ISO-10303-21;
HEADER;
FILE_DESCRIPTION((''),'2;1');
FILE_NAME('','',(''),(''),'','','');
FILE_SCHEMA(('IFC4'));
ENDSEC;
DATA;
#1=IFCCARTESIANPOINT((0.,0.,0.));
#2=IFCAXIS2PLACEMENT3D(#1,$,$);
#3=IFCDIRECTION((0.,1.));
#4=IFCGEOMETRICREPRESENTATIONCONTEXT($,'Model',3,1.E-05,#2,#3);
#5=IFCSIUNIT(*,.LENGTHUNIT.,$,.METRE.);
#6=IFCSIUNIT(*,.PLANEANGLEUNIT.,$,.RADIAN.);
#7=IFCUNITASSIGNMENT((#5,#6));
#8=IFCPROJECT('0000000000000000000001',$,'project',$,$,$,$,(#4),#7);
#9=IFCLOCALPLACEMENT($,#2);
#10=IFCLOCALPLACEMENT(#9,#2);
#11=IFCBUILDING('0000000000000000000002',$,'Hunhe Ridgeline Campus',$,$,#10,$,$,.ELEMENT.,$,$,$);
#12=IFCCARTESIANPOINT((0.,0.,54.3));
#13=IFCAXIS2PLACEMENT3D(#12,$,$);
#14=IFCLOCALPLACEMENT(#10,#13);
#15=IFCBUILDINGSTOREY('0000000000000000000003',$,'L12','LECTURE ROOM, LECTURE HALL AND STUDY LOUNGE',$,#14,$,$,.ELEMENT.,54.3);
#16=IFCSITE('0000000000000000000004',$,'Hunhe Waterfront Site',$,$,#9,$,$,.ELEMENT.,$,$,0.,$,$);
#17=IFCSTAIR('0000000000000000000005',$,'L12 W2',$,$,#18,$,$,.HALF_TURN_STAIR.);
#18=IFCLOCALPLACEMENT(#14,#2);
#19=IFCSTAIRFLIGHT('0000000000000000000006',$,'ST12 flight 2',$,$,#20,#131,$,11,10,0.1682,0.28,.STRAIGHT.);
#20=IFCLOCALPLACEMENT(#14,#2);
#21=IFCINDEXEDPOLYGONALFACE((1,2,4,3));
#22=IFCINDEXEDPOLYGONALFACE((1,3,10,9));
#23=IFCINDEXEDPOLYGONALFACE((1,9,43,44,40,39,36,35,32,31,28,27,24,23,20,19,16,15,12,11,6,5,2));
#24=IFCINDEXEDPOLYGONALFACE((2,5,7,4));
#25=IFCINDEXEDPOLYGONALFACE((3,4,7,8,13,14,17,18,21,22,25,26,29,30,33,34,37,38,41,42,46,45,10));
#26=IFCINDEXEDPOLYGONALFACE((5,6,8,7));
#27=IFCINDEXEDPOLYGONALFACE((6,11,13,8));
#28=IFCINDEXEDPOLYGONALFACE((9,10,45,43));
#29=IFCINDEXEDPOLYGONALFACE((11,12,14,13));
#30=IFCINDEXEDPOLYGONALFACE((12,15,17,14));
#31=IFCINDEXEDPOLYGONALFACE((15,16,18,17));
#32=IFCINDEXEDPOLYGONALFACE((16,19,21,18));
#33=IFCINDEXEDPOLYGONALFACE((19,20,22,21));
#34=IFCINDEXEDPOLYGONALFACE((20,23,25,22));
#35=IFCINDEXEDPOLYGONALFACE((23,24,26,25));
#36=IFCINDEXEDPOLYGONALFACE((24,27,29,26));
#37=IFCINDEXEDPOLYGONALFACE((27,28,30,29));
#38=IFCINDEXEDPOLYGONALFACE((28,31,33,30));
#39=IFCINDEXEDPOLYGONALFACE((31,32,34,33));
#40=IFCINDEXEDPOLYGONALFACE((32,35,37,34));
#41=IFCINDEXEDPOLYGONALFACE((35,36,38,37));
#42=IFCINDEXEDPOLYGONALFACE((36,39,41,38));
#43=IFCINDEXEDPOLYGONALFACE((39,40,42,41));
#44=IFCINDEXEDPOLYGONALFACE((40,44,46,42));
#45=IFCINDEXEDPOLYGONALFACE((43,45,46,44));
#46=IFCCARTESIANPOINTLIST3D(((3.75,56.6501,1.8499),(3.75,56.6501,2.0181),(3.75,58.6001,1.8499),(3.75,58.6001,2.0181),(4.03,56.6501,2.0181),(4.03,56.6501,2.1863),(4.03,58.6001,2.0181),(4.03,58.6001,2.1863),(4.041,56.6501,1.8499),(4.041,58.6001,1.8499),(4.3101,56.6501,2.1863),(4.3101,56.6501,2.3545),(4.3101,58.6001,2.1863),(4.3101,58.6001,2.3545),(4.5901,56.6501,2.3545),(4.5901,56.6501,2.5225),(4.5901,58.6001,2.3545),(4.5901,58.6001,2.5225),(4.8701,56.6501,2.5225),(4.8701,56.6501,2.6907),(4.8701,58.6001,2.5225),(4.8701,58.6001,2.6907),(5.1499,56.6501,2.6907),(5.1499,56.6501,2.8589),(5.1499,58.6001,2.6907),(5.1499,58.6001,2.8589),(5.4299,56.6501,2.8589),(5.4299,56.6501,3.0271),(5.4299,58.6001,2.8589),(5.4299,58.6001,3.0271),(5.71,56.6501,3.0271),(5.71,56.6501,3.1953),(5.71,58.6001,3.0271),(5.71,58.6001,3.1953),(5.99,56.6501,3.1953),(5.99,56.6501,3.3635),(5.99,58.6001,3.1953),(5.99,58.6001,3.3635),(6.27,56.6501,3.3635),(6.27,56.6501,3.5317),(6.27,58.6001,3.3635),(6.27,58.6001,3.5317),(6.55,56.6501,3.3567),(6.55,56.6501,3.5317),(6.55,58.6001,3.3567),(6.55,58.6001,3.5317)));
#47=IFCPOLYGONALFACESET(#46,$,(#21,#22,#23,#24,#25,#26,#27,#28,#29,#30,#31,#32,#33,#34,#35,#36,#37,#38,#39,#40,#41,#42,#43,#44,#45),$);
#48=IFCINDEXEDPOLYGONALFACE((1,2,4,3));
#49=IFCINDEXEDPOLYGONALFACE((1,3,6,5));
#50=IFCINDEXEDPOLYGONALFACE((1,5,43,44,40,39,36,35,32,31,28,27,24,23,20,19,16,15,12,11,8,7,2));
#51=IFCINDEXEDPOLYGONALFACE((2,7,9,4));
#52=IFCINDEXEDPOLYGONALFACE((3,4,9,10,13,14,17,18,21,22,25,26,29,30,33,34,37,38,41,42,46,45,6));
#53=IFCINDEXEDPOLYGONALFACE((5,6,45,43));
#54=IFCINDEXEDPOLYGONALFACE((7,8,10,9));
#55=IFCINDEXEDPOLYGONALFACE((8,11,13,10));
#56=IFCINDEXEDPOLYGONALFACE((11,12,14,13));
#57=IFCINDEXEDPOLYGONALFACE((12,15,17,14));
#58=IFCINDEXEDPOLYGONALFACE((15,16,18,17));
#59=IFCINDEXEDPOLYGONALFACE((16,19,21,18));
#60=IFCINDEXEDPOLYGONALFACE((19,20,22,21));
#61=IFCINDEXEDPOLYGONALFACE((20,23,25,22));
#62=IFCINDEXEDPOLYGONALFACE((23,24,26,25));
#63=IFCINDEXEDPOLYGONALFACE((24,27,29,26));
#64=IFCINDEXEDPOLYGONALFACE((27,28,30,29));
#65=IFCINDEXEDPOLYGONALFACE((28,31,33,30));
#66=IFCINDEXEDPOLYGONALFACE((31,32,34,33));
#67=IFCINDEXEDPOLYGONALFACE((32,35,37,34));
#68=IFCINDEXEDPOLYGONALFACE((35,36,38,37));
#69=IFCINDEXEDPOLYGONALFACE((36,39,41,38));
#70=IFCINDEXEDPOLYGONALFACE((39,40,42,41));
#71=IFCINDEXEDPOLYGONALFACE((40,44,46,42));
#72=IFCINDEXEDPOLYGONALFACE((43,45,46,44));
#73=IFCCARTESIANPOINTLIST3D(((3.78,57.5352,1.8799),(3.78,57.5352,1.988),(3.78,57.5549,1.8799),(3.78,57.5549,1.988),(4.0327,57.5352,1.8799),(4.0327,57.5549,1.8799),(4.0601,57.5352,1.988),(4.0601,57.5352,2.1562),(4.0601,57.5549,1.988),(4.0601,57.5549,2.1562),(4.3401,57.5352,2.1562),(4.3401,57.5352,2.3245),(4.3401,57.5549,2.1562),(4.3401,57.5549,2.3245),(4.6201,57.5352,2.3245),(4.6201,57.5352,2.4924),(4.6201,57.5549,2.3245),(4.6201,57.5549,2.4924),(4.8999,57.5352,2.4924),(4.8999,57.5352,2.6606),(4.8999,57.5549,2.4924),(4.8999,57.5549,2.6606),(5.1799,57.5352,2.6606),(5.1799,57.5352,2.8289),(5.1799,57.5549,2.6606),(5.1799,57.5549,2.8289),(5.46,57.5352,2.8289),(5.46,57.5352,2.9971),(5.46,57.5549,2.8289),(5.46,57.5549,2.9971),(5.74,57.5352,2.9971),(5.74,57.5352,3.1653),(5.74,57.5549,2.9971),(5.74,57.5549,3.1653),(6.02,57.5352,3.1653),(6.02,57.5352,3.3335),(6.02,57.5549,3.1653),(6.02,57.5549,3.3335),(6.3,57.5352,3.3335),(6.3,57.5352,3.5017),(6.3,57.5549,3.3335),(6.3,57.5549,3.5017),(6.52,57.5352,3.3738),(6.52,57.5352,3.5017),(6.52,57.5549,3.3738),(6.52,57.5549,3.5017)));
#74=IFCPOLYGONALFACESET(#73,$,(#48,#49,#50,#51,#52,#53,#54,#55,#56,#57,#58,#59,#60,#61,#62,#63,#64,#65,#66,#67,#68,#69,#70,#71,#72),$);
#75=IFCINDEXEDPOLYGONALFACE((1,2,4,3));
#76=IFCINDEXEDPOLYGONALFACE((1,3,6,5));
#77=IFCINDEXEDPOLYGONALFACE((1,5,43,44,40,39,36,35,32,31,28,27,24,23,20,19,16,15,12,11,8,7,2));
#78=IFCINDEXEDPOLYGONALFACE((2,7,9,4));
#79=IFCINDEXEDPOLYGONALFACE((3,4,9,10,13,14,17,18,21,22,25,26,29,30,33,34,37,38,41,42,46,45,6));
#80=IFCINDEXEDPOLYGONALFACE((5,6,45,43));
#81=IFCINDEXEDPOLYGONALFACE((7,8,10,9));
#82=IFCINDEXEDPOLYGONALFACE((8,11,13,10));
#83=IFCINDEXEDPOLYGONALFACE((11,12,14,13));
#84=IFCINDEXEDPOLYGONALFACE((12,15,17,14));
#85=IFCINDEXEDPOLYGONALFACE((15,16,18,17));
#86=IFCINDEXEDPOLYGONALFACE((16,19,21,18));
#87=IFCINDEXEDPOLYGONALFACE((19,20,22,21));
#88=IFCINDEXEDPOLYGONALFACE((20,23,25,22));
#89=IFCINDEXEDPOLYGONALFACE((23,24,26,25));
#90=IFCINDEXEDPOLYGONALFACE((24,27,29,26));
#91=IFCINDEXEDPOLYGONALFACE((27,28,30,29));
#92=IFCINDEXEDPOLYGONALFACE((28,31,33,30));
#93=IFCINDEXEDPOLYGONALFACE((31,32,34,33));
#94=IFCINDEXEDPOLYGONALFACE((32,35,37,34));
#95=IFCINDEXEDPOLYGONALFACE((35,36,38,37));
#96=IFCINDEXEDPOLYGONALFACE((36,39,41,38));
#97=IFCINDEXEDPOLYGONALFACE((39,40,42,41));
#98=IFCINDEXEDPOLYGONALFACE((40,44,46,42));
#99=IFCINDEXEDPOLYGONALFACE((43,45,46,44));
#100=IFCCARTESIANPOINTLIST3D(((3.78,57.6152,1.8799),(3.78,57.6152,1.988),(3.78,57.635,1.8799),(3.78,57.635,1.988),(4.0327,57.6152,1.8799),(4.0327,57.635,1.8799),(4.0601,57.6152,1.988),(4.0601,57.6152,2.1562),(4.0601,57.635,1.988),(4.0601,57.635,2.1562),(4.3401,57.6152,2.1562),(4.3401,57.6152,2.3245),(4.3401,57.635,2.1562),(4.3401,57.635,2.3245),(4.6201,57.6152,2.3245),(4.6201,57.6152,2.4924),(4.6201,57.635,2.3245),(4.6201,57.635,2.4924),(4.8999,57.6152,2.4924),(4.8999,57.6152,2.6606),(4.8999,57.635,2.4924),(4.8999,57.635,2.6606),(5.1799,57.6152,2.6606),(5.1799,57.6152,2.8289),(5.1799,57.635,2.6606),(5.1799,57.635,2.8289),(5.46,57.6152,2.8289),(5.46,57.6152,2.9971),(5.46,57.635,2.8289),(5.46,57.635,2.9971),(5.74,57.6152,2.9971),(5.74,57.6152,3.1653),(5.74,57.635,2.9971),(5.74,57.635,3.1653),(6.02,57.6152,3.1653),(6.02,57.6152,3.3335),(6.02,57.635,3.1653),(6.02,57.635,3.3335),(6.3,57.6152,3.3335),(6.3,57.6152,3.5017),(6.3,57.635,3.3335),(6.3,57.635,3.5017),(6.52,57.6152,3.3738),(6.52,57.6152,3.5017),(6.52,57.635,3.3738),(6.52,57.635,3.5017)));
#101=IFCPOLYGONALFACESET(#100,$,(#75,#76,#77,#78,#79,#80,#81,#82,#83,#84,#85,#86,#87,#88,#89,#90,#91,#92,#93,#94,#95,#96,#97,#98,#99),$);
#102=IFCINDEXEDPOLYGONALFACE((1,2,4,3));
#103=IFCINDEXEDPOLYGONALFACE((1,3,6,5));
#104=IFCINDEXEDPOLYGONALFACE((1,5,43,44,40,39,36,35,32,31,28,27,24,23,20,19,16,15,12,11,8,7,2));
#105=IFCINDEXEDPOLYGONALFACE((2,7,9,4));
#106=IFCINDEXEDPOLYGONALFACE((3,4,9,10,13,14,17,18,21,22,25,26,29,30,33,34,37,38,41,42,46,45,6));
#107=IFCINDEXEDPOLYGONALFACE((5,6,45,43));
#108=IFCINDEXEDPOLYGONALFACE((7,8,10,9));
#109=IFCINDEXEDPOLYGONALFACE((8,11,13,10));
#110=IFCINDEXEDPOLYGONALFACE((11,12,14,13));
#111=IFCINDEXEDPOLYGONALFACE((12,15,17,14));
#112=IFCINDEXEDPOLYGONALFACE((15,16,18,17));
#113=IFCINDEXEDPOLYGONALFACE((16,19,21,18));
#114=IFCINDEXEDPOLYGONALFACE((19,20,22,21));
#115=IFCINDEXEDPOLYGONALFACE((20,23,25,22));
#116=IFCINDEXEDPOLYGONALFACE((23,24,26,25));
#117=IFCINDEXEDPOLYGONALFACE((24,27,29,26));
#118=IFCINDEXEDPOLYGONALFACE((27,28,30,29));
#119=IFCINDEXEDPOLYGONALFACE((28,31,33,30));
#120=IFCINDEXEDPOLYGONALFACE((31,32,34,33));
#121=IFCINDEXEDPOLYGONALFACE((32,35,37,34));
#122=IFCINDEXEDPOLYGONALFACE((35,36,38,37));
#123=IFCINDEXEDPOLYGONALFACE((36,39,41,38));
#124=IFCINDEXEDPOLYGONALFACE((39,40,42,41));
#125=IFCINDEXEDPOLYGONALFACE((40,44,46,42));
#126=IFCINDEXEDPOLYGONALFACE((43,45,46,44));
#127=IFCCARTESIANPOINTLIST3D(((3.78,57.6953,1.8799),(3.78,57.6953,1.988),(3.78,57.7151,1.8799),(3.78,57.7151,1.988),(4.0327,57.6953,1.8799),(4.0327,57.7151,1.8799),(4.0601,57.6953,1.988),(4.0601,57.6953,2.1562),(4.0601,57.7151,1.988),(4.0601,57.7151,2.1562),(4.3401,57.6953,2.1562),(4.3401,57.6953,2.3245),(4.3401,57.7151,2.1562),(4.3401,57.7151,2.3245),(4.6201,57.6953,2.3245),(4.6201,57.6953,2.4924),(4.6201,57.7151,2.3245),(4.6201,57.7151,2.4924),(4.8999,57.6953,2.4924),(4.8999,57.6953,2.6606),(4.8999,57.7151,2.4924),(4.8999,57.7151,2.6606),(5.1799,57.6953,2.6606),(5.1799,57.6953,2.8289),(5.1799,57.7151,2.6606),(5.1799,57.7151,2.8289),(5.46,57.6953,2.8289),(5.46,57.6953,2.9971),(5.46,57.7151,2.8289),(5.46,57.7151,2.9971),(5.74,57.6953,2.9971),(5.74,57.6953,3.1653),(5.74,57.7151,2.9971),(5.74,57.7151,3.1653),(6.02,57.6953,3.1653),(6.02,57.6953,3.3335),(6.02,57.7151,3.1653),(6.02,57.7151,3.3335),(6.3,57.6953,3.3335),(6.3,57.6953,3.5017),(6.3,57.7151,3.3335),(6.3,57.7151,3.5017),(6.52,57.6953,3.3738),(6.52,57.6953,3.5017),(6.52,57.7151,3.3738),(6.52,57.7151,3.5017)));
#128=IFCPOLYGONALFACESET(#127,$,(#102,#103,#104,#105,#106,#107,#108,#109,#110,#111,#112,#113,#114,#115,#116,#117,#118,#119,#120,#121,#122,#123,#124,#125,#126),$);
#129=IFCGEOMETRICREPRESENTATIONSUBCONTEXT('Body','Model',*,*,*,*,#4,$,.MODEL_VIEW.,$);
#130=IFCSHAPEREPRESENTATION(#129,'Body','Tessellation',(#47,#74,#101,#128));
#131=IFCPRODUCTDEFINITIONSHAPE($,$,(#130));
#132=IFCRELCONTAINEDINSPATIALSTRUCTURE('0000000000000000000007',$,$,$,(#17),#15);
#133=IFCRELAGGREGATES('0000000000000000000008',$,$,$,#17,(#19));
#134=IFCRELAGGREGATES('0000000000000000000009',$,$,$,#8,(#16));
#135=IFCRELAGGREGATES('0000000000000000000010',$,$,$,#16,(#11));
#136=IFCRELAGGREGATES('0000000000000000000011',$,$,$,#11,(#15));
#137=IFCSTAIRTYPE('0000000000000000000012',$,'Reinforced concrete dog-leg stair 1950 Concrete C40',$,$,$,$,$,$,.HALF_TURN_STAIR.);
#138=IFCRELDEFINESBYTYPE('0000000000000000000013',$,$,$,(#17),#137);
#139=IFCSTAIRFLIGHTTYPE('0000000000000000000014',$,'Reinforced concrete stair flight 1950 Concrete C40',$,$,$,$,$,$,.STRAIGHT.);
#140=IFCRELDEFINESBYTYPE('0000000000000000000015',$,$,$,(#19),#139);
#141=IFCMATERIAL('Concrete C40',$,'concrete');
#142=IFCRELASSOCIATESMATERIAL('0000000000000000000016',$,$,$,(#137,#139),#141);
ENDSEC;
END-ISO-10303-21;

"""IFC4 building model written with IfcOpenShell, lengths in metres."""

from ifc_helpers import new_model, si_unit, direction, frame, origin, place, context, subcontext, project, spatial, polyline, outline, extrude, material, type_object, element, aggregate, save


model = new_model("IFC4")

# Units and contexts
model_context = context("Model", 3, precision=1e-05, world=origin(), true_north=direction((0.0, 1.0)))
body_context = subcontext(model_context, "Body", "Model", "MODEL_VIEW")
ifc_project = project(units=[si_unit("LENGTHUNIT", "METRE"), si_unit("PLANEANGLEUNIT", "RADIAN")], contexts=[model_context])

# Site, building, storey
site_placement = place(None, origin())
site = spatial("IfcSite", under=ifc_project, at=site_placement, Name="Hunhe Waterfront Site", CompositionType="ELEMENT", RefElevation=0.0)
building_placement = place(site_placement, origin())
building = spatial("IfcBuilding", under=site, at=building_placement, Name="Hunhe Ridgeline Campus", CompositionType="ELEMENT")
storey_placement = place(building_placement, frame((0.0, 0.0, 54.3)))
storey = spatial("IfcBuildingStorey", under=building, at=storey_placement, Name="L12", Description="LECTURE ROOM, LECTURE HALL AND STUDY LOUNGE", CompositionType="ELEMENT", Elevation=54.3)

# Stair, stair flight
ifc_material_1 = material(Name="Concrete C40", Category="concrete")
stair_type = type_object("IfcStairType", Name="Reinforced concrete dog-leg stair 1950 Concrete C40", PredefinedType="HALF_TURN_STAIR", material=ifc_material_1)
stair_placement = place(storey_placement, origin())
stair = element("IfcStair", 1, at=stair_placement, inside=storey, type_object=stair_type, Name="L12 W2", PredefinedType="HALF_TURN_STAIR")
stair_flight_type = type_object("IfcStairFlightType", Name="Reinforced concrete stair flight 1950 Concrete C40", PredefinedType="STRAIGHT", material=ifc_material_1)
stair_flight_1_placement = place(storey_placement, frame((3.75, 57.625, 1.8499), z_axis=(0.0, 0.0, 1.0), x_axis=(1.0, 0.0, 0.0)))
stair_flight_1 = element("IfcStairFlight", 2, at=stair_flight_1_placement, type_object=stair_flight_type, Name="ST12 flight 2", NumberOfRisers=11, NumberOfTreads=10, PredefinedType="STRAIGHT", RiserHeight=0.1682, TreadLength=0.28, context=body_context, shape_type="SweptSolid", body=[
    extrude(outline(polyline([(0.0, 0.0), (0.0, 0.1682), (0.28, 0.1682), (0.28, 0.3364), (0.5601, 0.3364), (0.5601, 0.5046), (0.8401, 0.5046), (0.8401, 0.6726), (1.1201, 0.6726), (1.1201, 0.8408), (1.3999, 0.8408), (1.3999, 1.009), (1.6799, 1.009), (1.6799, 1.1772), (1.96, 1.1772), (1.96, 1.3455), (2.24, 1.3455), (2.24, 1.5137), (2.52, 1.5137), (2.52, 1.6819), (2.8, 1.6819), (2.8, 1.8501), (2.8, 1.5068), (0.291, 0.0), (0.0, 0.0)])), frame((0.0, 0.9751, 0.0), z_axis=(0.0, -1.0, 0.0), x_axis=(1.0, 0.0, 0.0)), (0.0, 0.0, 1.0), 1.95),
    extrude(outline(polyline([(0.03, 0.03), (0.03, 0.1382), (0.3101, 0.1382), (0.3101, 0.3064), (0.5901, 0.3064), (0.5901, 0.4746), (0.8701, 0.4746), (0.8701, 0.6426), (1.1499, 0.6426), (1.1499, 0.8108), (1.4299, 0.8108), (1.4299, 0.979), (1.71, 0.979), (1.71, 1.1472), (1.99, 1.1472), (1.99, 1.3154), (2.27, 1.3154), (2.27, 1.4836), (2.55, 1.4836), (2.55, 1.6519), (2.77, 1.6519), (2.77, 1.5239), (0.2827, 0.03), (0.03, 0.03)])), frame((0.0, -0.0701, 0.0), z_axis=(0.0, -1.0, 0.0), x_axis=(1.0, 0.0, 0.0)), (0.0, 0.0, 1.0), 0.0198),
    extrude(outline(polyline([(0.03, 0.03), (0.03, 0.1382), (0.3101, 0.1382), (0.3101, 0.3064), (0.5901, 0.3064), (0.5901, 0.4746), (0.8701, 0.4746), (0.8701, 0.6426), (1.1499, 0.6426), (1.1499, 0.8108), (1.4299, 0.8108), (1.4299, 0.979), (1.71, 0.979), (1.71, 1.1472), (1.99, 1.1472), (1.99, 1.3154), (2.27, 1.3154), (2.27, 1.4836), (2.55, 1.4836), (2.55, 1.6519), (2.77, 1.6519), (2.77, 1.5239), (0.2827, 0.03), (0.03, 0.03)])), frame((0.0, 0.01, 0.0), z_axis=(0.0, -1.0, 0.0), x_axis=(1.0, 0.0, 0.0)), (0.0, 0.0, 1.0), 0.0198),
    extrude(outline(polyline([(0.03, 0.03), (0.03, 0.1382), (0.3101, 0.1382), (0.3101, 0.3064), (0.5901, 0.3064), (0.5901, 0.4746), (0.8701, 0.4746), (0.8701, 0.6426), (1.1499, 0.6426), (1.1499, 0.8108), (1.4299, 0.8108), (1.4299, 0.979), (1.71, 0.979), (1.71, 1.1472), (1.99, 1.1472), (1.99, 1.3154), (2.27, 1.3154), (2.27, 1.4836), (2.55, 1.4836), (2.55, 1.6519), (2.77, 1.6519), (2.77, 1.5239), (0.2827, 0.03), (0.03, 0.03)])), frame((0.0, 0.0901, 0.0), z_axis=(0.0, -1.0, 0.0), x_axis=(1.0, 0.0, 0.0)), (0.0, 0.0, 1.0), 0.0198),
])
aggregate(stair, [stair_flight_1])

save(model, "model.ifc")
